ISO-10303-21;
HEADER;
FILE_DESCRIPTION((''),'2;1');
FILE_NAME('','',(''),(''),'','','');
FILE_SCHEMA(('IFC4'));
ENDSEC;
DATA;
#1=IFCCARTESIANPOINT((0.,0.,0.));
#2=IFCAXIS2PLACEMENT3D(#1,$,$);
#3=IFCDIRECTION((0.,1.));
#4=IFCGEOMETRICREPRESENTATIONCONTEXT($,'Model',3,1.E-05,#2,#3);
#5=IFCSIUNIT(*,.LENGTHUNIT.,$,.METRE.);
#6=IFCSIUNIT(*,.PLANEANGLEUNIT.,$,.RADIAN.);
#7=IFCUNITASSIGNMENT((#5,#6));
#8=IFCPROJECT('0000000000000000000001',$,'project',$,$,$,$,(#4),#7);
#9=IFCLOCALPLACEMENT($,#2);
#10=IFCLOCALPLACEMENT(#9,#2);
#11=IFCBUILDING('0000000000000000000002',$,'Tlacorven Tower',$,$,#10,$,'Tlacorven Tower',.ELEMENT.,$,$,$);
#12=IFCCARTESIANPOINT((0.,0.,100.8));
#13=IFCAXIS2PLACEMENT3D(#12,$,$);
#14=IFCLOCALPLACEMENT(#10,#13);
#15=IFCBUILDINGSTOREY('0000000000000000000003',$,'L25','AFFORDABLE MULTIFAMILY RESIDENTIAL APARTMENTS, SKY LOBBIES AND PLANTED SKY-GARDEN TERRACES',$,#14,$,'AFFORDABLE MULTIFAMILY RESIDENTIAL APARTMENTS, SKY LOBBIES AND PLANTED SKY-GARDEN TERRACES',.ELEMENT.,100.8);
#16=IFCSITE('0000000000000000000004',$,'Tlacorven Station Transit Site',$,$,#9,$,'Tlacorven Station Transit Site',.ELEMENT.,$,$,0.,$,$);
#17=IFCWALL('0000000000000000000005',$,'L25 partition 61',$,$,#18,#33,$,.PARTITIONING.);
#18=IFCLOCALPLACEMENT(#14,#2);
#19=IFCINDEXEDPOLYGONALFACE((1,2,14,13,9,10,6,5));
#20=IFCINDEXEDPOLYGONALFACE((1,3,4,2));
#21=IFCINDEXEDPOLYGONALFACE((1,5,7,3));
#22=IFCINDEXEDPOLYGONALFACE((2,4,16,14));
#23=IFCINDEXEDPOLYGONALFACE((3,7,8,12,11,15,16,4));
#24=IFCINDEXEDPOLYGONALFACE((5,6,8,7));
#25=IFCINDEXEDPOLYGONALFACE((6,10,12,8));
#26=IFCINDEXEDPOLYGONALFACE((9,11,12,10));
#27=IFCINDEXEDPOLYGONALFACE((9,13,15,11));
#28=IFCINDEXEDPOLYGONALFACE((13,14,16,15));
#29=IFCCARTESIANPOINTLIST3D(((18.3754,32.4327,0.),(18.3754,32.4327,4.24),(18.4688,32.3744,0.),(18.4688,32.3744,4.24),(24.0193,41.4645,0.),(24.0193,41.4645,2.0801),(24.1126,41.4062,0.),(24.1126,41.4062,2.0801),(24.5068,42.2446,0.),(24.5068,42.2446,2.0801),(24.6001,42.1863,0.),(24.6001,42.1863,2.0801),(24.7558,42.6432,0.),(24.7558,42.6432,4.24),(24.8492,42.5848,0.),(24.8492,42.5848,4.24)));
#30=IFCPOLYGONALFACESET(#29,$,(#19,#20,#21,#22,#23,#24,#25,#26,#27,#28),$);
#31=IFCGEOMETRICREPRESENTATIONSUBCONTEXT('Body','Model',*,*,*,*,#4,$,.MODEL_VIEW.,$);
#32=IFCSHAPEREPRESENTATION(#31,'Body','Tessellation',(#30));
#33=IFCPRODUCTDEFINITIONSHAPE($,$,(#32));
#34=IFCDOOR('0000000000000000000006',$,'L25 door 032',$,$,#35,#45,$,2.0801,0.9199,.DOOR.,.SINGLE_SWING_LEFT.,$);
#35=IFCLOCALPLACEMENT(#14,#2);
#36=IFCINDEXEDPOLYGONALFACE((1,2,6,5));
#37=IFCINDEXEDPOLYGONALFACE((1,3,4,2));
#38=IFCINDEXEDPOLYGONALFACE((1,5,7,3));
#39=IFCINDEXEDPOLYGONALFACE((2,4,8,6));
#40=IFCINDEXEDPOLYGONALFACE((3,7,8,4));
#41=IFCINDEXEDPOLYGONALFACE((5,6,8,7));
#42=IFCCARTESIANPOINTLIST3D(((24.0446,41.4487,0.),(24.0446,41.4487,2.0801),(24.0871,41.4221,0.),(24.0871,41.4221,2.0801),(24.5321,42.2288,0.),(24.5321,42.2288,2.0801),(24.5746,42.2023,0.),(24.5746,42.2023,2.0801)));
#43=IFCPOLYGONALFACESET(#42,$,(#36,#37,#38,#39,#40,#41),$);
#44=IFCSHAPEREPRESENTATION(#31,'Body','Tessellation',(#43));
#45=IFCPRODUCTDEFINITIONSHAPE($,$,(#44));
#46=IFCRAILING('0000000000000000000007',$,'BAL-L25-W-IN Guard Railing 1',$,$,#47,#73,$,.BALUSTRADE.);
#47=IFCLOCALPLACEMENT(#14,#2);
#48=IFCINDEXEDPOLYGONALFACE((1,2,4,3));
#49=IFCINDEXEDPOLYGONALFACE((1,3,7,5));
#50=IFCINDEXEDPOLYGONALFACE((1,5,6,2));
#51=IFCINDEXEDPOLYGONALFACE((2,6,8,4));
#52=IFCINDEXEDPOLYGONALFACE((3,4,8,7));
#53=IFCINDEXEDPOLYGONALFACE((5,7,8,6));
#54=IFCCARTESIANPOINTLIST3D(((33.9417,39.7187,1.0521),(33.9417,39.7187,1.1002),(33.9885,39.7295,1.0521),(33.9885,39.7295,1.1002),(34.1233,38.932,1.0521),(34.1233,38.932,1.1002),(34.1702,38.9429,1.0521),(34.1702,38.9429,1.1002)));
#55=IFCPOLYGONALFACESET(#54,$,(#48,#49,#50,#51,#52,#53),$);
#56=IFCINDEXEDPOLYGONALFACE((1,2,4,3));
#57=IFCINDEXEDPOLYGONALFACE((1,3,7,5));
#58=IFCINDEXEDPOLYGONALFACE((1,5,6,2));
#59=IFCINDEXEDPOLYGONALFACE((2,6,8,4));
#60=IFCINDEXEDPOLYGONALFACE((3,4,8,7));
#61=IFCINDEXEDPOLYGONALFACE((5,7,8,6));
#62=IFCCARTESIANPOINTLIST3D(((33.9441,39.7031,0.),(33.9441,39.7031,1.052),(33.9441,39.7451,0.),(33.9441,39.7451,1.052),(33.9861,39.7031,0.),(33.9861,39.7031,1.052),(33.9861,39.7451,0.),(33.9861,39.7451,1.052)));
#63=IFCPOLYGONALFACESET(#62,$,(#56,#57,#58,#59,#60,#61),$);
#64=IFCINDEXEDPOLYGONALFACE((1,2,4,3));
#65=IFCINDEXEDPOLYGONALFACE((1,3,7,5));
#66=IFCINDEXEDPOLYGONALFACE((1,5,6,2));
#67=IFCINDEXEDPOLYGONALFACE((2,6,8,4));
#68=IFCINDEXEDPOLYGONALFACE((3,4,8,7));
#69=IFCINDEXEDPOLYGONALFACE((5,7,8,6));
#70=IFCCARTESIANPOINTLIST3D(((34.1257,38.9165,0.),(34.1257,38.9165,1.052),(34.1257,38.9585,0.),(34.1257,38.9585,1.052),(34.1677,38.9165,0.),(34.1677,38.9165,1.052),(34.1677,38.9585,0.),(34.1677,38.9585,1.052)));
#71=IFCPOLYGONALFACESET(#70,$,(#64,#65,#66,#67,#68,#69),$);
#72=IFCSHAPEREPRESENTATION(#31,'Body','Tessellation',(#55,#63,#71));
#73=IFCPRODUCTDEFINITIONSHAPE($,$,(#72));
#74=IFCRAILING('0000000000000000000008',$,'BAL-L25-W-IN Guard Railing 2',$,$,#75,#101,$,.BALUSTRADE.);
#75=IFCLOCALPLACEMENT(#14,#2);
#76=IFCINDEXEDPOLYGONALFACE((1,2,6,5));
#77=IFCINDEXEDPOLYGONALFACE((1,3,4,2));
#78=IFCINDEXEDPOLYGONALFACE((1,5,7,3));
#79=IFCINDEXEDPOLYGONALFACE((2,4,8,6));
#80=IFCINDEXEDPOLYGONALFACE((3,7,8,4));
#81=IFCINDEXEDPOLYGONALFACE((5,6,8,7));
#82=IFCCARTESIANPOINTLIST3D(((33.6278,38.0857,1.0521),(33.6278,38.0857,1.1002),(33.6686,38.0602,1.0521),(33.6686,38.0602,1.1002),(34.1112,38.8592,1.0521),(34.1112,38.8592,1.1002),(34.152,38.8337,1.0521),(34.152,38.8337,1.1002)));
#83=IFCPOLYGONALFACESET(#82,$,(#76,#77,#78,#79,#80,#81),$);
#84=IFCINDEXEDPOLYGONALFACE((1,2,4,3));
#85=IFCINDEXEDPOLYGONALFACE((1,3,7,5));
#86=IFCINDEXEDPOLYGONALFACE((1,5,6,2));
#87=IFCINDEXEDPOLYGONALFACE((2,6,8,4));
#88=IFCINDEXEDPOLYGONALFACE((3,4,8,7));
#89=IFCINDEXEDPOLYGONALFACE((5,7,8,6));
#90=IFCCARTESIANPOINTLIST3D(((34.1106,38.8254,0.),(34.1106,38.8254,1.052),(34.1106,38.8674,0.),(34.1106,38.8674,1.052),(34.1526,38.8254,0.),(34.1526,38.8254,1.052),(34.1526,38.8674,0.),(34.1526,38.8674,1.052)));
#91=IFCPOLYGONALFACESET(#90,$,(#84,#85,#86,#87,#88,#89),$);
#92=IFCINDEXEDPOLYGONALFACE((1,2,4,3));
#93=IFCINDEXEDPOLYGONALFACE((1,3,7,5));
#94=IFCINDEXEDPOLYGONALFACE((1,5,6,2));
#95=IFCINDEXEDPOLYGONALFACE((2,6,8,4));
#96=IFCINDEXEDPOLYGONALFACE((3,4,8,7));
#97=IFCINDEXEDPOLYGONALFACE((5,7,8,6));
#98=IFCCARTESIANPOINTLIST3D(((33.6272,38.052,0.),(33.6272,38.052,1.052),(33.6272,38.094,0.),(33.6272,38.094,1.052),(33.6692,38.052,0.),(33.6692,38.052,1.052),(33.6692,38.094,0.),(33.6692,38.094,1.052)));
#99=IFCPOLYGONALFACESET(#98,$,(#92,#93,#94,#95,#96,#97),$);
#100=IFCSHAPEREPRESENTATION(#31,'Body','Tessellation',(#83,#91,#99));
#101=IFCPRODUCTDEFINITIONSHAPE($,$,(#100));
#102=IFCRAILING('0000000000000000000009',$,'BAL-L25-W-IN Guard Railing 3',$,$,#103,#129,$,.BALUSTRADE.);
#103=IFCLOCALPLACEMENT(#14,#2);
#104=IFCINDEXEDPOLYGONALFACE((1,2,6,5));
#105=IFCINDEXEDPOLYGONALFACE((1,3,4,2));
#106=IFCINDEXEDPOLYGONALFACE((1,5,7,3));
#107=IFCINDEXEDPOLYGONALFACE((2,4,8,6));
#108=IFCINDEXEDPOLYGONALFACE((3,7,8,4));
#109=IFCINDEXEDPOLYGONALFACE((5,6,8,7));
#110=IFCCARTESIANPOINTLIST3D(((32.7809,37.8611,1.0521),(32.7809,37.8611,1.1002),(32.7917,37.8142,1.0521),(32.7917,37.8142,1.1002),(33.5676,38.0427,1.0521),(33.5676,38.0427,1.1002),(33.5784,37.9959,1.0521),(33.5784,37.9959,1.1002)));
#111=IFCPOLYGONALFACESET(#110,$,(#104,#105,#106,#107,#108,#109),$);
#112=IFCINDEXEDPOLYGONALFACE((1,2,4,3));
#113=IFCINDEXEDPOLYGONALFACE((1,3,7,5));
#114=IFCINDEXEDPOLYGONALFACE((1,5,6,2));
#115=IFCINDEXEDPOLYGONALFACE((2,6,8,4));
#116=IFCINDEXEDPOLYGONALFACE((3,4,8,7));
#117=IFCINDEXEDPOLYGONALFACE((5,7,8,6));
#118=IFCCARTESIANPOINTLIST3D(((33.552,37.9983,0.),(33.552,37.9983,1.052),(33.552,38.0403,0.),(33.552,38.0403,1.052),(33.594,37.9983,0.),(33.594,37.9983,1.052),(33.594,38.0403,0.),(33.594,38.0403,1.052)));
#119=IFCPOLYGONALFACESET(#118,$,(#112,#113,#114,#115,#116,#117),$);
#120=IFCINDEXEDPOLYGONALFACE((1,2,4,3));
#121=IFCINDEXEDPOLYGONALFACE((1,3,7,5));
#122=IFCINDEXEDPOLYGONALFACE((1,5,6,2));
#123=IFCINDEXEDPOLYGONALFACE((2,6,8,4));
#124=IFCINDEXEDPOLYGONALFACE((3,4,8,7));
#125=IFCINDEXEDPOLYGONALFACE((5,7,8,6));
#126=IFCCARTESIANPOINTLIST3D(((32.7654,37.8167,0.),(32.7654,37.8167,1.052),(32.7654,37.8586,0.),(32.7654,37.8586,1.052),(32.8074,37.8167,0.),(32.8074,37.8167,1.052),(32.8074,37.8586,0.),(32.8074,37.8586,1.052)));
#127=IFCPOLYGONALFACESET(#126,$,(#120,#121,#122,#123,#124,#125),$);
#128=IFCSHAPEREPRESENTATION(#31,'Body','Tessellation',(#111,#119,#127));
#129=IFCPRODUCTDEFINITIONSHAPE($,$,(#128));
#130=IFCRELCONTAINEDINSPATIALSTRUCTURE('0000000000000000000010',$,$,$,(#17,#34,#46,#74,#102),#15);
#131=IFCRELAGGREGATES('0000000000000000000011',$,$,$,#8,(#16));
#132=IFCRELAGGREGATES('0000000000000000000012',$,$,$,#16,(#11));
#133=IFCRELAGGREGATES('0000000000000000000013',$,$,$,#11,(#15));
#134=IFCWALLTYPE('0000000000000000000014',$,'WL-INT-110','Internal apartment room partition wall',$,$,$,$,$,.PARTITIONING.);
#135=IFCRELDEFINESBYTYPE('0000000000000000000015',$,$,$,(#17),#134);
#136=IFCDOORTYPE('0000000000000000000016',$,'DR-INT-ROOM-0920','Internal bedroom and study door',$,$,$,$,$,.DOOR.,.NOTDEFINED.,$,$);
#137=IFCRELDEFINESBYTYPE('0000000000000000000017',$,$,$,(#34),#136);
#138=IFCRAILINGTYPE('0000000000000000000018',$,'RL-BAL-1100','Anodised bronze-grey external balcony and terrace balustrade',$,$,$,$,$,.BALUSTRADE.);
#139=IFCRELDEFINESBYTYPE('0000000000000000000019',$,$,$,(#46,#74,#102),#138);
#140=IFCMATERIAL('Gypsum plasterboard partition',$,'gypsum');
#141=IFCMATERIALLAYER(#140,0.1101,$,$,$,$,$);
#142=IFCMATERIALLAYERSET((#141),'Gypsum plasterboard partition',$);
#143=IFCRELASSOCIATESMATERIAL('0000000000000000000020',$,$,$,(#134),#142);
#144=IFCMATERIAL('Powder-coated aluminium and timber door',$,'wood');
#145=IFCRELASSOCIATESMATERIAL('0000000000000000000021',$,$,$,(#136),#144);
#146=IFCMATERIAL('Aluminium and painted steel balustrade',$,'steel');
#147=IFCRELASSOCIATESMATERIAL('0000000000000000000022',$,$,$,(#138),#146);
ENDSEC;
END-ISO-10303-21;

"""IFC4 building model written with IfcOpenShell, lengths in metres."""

from ifc_helpers import new_model, si_unit, direction, frame, frame_2d, origin, origin_2d, place, context, subcontext, project, spatial, rectangle, extrude, source, transform, mapped, material, layer, layer_set, type_object, element, fill, save


model = new_model("IFC4")

# Units and contexts
model_context = context("Model", 3, precision=1e-05, world=origin(), true_north=direction((0.0, 1.0)))
body_context = subcontext(model_context, "Body", "Model", "MODEL_VIEW")
ifc_project = project(units=[si_unit("LENGTHUNIT", "METRE"), si_unit("PLANEANGLEUNIT", "RADIAN")], contexts=[model_context])

# Site, building, storey
site_placement = place(None, origin())
site = spatial("IfcSite", under=ifc_project, at=site_placement, Name="Tlacorven Station Transit Site", LongName="Tlacorven Station Transit Site", CompositionType="ELEMENT", RefElevation=0.0)
building_placement = place(site_placement, origin())
building = spatial("IfcBuilding", under=site, at=building_placement, Name="Tlacorven Tower", LongName="Tlacorven Tower", CompositionType="ELEMENT")
storey_placement = place(building_placement, frame((0.0, 0.0, 100.8)))
storey = spatial("IfcBuildingStorey", under=building, at=storey_placement, Name="L25", Description="AFFORDABLE MULTIFAMILY RESIDENTIAL APARTMENTS, SKY LOBBIES AND PLANTED SKY-GARDEN TERRACES", LongName="AFFORDABLE MULTIFAMILY RESIDENTIAL APARTMENTS, SKY LOBBIES AND PLANTED SKY-GARDEN TERRACES", CompositionType="ELEMENT", Elevation=100.8)

# Wall, opening, door
ifc_material_1 = material(Name="Gypsum plasterboard partition", Category="gypsum")
ifc_layer_1 = layer(ifc_material_1, 0.1101)
ifc_layer_set_1 = layer_set([ifc_layer_1], Name="Gypsum plasterboard partition")
wall_type_1 = type_object("IfcWallType", Name="WL-INT-110", Description="Internal apartment room partition wall", PredefinedType="PARTITIONING", material=ifc_layer_set_1)
wall_1_placement = place(storey_placement, frame((24.8025, 42.614, 0.0), z_axis=(0.0, 0.0, 1.0), x_axis=(-0.52993, -0.848042, 0.0)))
wall_1 = element("IfcWall", 1, at=wall_1_placement, inside=storey, type_object=wall_type_1, Name="L25 partition 61", PredefinedType="PARTITIONING", context=body_context, shape_type="SweptSolid", body=[
    extrude(rectangle(XDim=12.04, YDim=0.1101, at=frame_2d((6.02, 0.0))), origin(), (0.0, 0.0, 1.0), 4.24),
])
opening_placement = place(wall_1_placement, frame((0.47, 0.0, 0.0)))
opening = element("IfcOpeningElement", 2, at=opening_placement, cuts=wall_1, PredefinedType="OPENING", context=body_context, shape_type="SweptSolid", body=[
    extrude(rectangle(XDim=0.9199, YDim=2.0801, at=frame_2d((0.46, 1.04))), frame((0.0, 0.0649, 0.0), z_axis=(0.0, -1.0, 0.0), x_axis=(1.0, 0.0, 0.0)), (0.0, 0.0, 1.0), 0.1301),
])
ifc_material_2 = material(Name="Powder-coated aluminium and timber door", Category="wood")
door_type = type_object("IfcDoorType", Name="DR-INT-ROOM-0920", Description="Internal bedroom and study door", OperationType="NOTDEFINED", PredefinedType="DOOR", material=ifc_material_2)
shared_shape_1 = source(origin(), body_context, "Body", "SweptSolid", [
    extrude(rectangle(XDim=0.9199, YDim=2.0801, at=frame_2d((0.46, 1.04))), frame((0.0, 0.0249, 0.0), z_axis=(0.0, -1.0, 0.0), x_axis=(1.0, 0.0, 0.0)), (0.0, 0.0, 1.0), 0.05),
])
door_placement = place(opening_placement, origin())
door = element("IfcDoor", 3, at=door_placement, inside=storey, type_object=door_type, Name="L25 door 032", OperationType="SINGLE_SWING_LEFT", OverallHeight=2.0801, OverallWidth=0.9199, PredefinedType="DOOR", context=body_context, shape_type="MappedRepresentation", body=[
    mapped(shared_shape_1, transform((0.0, 0.0, 0.0), scale=1.0)),
])
fill(opening, door)

# Railings
ifc_material_3 = material(Name="Aluminium and painted steel balustrade", Category="steel")
railing_type = type_object("IfcRailingType", Name="RL-BAL-1100", Description="Anodised bronze-grey external balcony and terrace balustrade", PredefinedType="BALUSTRADE", material=ifc_material_3)
shared_shape_2 = source(origin(), body_context, "Body", "SweptSolid", [
    extrude(rectangle(XDim=0.0481, YDim=0.0481, at=origin_2d()), frame((0.0, 0.0, 1.0762), z_axis=(0.224992, -0.974361, 0.0), x_axis=(0.974361, 0.224992, 0.0)), (0.0, 0.0, 1.0), 0.8074),
    extrude(rectangle(XDim=0.042, YDim=0.042, at=origin_2d()), origin(), (0.0, 0.0, 1.0), 1.052),
    extrude(rectangle(XDim=0.042, YDim=0.042, at=origin_2d()), frame((0.1816, -0.7866, 0.0)), (0.0, 0.0, 1.0), 1.052),
])
railing_1_placement = place(storey_placement, frame((33.9651, 39.7241, 0.0)))
element("IfcRailing", 4, at=railing_1_placement, inside=storey, type_object=railing_type, Name="BAL-L25-W-IN Guard Railing 1", PredefinedType="BALUSTRADE", context=body_context, shape_type="MappedRepresentation", body=[
    mapped(shared_shape_2, transform((0.0, 0.0, 0.0), scale=1.0)),
])
shared_shape_3 = source(origin(), body_context, "Body", "SweptSolid", [
    extrude(rectangle(XDim=0.0481, YDim=0.0481, at=origin_2d()), frame((0.0, 0.0, 1.0762), z_axis=(-0.529999, -0.847998, 0.0), x_axis=(0.847998, -0.529999, 0.0)), (0.0, 0.0, 1.0), 0.9121),
    extrude(rectangle(XDim=0.042, YDim=0.042, at=origin_2d()), origin(), (0.0, 0.0, 1.0), 1.052),
    extrude(rectangle(XDim=0.042, YDim=0.042, at=origin_2d()), frame((-0.4834, -0.7734, 0.0)), (0.0, 0.0, 1.0), 1.052),
])
railing_2_placement = place(storey_placement, frame((34.1316, 38.8464, 0.0)))
element("IfcRailing", 5, at=railing_2_placement, inside=storey, type_object=railing_type, Name="BAL-L25-W-IN Guard Railing 2", PredefinedType="BALUSTRADE", context=body_context, shape_type="MappedRepresentation", body=[
    mapped(shared_shape_3, transform((0.0, 0.0, 0.0), scale=1.0)),
])
shared_shape_4 = source(origin(), body_context, "Body", "SweptSolid", [
    extrude(rectangle(XDim=0.0481, YDim=0.0481, at=origin_2d()), frame((0.0, 0.0, 1.0762), z_axis=(-0.974361, -0.224992, 0.0), x_axis=(0.224992, -0.974361, 0.0)), (0.0, 0.0, 1.0), 0.8074),
    extrude(rectangle(XDim=0.042, YDim=0.042, at=origin_2d()), origin(), (0.0, 0.0, 1.0), 1.052),
    extrude(rectangle(XDim=0.042, YDim=0.042, at=origin_2d()), frame((-0.7866, -0.1816, 0.0)), (0.0, 0.0, 1.0), 1.052),
])
railing_3_placement = place(storey_placement, frame((33.573, 38.0193, 0.0)))
element("IfcRailing", 6, at=railing_3_placement, inside=storey, type_object=railing_type, Name="BAL-L25-W-IN Guard Railing 3", PredefinedType="BALUSTRADE", context=body_context, shape_type="MappedRepresentation", body=[
    mapped(shared_shape_4, transform((0.0, 0.0, 0.0), scale=1.0)),
])

save(model, "model.ifc")
